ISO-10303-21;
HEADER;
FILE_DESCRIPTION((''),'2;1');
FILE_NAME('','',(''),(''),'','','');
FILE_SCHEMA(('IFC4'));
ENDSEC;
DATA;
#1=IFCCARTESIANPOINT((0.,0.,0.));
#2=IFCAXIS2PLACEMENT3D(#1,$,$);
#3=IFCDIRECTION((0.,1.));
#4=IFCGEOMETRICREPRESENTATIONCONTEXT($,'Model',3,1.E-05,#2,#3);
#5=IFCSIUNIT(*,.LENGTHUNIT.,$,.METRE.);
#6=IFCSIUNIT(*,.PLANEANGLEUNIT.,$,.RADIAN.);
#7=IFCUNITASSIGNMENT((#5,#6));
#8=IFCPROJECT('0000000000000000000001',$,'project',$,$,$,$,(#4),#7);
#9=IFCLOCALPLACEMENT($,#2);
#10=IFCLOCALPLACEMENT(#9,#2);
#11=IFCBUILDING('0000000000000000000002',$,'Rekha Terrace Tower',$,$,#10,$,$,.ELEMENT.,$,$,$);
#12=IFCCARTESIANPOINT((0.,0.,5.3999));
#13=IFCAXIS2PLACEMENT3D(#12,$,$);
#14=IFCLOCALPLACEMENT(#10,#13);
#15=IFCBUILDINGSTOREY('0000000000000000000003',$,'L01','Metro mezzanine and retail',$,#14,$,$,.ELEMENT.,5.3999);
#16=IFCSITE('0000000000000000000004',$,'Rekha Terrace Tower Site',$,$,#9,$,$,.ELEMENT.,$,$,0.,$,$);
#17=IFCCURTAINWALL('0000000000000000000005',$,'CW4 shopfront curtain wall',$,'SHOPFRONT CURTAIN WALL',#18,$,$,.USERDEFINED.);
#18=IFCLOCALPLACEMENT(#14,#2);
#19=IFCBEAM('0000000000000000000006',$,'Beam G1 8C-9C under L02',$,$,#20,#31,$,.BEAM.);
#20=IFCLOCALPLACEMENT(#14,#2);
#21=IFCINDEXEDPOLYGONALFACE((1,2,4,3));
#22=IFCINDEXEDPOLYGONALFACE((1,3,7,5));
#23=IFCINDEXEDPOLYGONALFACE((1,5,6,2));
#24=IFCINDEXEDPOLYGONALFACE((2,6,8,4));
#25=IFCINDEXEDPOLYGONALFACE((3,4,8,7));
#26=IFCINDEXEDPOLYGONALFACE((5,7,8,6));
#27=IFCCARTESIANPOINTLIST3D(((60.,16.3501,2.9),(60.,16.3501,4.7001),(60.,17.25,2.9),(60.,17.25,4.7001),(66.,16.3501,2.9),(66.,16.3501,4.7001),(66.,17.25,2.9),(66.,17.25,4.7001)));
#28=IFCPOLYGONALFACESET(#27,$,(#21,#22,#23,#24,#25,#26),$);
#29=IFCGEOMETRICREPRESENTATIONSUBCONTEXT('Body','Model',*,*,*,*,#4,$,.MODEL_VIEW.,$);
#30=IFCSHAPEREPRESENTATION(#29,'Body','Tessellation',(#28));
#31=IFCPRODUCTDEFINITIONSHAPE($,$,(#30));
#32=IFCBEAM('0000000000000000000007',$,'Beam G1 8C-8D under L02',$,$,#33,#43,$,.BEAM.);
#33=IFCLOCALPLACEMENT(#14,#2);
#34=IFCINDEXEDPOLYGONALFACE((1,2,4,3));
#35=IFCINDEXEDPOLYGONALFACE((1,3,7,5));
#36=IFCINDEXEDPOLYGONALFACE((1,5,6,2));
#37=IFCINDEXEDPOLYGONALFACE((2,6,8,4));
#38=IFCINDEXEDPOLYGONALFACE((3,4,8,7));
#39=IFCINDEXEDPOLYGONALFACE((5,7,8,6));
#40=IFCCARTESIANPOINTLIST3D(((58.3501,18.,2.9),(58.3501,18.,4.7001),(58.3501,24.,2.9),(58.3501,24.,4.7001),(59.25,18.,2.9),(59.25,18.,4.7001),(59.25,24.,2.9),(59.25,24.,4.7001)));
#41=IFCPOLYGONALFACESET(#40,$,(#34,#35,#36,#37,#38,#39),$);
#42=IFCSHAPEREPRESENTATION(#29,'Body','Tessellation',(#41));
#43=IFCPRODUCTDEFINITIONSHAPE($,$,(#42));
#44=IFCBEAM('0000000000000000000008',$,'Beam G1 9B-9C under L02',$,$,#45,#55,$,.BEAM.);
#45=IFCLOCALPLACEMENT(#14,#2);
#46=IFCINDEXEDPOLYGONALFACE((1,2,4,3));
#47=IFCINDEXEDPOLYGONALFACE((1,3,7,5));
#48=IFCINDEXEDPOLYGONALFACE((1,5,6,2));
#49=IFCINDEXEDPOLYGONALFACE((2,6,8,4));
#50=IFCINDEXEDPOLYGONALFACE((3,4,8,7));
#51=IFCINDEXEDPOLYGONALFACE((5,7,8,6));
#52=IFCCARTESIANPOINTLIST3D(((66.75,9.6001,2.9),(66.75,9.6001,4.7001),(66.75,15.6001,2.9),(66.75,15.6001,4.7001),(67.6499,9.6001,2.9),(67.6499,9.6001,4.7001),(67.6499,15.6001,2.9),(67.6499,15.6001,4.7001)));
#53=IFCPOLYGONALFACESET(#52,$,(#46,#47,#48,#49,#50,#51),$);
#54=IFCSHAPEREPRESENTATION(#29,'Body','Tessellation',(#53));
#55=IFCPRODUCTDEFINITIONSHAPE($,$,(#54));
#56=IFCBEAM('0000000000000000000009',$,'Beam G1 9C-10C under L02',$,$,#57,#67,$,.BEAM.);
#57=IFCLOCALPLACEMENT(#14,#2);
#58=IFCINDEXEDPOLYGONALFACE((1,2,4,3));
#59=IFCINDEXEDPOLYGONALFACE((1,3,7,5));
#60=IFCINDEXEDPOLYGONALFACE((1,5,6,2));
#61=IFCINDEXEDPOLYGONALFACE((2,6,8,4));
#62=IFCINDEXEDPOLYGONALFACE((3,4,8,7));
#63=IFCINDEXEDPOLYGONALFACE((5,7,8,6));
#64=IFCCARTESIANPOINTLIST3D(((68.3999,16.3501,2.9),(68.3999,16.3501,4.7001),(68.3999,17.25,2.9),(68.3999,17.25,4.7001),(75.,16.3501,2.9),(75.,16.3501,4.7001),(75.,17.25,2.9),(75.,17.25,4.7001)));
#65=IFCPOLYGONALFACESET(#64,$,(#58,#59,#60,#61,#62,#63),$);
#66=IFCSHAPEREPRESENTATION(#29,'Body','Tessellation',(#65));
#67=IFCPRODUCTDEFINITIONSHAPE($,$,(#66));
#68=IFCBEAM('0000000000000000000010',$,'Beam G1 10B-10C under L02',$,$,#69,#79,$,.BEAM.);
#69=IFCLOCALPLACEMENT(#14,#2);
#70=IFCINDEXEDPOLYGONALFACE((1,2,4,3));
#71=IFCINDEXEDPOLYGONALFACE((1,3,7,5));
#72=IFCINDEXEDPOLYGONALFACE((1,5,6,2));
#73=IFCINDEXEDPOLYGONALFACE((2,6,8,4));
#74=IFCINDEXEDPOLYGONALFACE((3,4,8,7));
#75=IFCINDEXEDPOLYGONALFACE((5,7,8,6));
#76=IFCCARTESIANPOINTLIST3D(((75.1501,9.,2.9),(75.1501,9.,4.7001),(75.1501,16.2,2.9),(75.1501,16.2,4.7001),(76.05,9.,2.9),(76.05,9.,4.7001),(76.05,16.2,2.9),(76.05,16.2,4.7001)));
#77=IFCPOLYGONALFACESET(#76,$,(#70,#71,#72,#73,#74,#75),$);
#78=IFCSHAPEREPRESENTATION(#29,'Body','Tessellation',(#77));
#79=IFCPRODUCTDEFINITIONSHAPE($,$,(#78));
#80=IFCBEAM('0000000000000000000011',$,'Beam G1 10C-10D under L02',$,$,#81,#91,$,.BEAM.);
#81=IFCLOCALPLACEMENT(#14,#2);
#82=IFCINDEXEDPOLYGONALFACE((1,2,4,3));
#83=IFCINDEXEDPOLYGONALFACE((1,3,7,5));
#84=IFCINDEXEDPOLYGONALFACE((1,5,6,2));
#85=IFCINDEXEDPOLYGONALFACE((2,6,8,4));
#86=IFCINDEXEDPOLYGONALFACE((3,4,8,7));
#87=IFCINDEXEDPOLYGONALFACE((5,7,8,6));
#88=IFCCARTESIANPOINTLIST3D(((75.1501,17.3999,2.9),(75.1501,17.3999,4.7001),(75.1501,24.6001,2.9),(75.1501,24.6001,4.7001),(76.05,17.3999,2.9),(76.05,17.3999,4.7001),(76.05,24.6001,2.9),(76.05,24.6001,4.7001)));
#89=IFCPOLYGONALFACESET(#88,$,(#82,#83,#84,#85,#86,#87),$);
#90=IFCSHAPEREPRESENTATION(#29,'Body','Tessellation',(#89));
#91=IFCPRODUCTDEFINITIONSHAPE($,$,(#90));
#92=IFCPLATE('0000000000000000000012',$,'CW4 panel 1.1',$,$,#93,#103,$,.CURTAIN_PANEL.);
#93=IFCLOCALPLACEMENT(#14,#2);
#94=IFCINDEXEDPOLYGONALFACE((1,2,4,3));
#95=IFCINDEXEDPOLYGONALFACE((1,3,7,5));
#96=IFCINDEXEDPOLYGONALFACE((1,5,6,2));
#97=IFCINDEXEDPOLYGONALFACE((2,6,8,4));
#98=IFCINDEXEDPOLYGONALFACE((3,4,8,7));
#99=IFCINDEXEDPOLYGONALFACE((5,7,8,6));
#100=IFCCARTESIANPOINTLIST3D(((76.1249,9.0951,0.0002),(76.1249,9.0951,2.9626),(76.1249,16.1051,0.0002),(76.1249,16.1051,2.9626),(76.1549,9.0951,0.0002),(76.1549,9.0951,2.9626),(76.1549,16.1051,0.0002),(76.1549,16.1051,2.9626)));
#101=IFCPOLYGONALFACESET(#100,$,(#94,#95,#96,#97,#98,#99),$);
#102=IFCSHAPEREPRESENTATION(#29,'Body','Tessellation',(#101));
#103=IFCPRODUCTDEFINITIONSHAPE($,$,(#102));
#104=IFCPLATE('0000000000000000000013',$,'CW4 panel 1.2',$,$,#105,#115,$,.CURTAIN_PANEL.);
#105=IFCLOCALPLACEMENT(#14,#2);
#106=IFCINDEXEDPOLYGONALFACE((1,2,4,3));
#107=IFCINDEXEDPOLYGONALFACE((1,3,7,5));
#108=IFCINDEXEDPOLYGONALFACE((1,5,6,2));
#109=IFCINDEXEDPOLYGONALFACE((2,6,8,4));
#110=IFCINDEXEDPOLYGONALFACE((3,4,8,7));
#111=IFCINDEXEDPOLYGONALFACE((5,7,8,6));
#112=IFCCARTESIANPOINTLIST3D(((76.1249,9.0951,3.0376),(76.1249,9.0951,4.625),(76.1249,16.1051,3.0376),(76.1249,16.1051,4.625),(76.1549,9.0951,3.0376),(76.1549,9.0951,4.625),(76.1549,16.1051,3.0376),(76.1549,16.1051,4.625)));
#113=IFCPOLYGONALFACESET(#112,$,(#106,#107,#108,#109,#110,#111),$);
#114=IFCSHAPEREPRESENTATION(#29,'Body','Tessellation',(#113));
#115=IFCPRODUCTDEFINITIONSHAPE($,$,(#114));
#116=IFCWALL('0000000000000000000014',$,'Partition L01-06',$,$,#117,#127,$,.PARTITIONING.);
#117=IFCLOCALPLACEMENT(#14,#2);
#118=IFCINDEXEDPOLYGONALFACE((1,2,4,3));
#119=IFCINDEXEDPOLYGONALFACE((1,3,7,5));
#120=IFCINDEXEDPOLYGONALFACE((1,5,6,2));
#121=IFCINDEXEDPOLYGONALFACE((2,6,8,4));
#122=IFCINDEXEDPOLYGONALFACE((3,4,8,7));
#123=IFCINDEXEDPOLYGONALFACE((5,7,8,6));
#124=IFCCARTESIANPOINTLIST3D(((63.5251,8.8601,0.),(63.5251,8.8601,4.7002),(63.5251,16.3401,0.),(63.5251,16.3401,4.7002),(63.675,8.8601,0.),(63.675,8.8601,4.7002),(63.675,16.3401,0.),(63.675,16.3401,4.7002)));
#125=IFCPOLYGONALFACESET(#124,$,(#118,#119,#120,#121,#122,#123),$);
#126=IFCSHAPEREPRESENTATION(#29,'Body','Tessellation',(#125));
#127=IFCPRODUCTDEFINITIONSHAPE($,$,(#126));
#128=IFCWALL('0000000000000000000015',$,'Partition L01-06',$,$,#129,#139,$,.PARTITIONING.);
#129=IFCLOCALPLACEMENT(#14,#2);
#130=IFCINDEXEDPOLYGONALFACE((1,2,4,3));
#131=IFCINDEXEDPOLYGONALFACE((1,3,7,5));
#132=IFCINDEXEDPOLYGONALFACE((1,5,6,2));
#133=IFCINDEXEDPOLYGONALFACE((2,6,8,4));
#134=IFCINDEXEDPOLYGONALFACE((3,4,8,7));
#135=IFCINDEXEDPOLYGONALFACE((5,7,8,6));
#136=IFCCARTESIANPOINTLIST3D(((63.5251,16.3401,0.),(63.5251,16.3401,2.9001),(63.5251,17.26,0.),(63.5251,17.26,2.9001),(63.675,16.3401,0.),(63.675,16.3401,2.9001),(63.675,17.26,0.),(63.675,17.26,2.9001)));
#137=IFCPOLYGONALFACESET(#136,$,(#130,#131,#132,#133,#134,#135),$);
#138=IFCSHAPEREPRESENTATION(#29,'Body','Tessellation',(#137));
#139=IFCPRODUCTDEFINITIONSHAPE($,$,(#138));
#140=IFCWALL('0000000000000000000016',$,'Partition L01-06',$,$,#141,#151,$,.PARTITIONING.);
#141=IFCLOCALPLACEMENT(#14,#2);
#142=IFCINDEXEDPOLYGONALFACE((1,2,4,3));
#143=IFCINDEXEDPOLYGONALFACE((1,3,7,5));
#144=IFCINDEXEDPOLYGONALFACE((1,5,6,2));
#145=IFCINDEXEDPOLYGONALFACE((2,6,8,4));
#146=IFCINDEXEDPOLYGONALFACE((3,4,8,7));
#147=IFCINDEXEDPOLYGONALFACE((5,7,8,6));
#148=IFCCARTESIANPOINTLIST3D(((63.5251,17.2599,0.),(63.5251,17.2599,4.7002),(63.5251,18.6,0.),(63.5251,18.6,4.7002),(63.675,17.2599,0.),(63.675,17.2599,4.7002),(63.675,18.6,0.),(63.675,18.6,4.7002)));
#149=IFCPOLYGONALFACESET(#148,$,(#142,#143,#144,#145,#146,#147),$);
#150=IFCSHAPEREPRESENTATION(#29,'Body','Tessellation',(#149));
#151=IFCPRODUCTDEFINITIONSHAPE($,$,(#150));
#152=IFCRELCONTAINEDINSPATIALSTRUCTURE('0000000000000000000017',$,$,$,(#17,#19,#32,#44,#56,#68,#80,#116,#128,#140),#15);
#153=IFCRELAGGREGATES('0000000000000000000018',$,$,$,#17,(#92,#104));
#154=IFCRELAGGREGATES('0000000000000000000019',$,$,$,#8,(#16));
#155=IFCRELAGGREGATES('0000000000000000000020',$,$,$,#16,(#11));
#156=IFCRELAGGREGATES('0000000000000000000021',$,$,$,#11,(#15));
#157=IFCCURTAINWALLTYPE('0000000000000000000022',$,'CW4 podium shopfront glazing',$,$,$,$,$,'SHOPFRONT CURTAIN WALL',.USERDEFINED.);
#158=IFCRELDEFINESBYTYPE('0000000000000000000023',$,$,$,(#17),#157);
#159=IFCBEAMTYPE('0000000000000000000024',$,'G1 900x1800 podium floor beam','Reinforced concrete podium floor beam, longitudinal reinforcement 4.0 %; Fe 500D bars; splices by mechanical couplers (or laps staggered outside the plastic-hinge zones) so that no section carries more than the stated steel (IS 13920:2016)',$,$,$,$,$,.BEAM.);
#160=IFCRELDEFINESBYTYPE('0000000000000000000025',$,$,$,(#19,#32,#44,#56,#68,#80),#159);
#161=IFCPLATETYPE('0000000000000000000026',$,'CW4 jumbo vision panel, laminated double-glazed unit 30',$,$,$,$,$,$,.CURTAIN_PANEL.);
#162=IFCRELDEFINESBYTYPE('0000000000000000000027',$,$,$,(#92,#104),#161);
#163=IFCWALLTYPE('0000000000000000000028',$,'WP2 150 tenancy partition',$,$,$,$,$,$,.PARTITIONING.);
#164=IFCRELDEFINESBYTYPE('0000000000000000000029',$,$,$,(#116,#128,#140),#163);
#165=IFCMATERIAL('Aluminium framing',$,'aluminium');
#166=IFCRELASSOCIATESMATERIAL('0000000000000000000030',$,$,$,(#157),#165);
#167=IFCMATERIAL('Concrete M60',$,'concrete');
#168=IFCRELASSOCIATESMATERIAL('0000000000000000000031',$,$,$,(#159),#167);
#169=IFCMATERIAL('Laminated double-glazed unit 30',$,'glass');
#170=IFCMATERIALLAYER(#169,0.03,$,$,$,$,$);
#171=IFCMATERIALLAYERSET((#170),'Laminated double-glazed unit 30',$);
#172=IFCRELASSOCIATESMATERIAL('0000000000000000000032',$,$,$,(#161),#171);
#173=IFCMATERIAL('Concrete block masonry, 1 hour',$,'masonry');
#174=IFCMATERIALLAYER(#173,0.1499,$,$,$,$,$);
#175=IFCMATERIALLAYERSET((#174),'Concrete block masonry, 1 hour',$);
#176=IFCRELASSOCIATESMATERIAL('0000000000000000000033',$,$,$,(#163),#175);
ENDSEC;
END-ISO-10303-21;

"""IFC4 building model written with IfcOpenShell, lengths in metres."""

from ifc_helpers import new_model, si_unit, direction, frame, frame_2d, origin, origin_2d, place, context, subcontext, project, spatial, rectangle, extrude, material, layer, layer_set, material_profile, profile_set, type_object, element, aggregate, save


model = new_model("IFC4")

# Units and contexts
model_context = context("Model", 3, precision=1e-05, world=origin(), true_north=direction((0.0, 1.0)))
body_context = subcontext(model_context, "Body", "Model", "MODEL_VIEW")
ifc_project = project(units=[si_unit("LENGTHUNIT", "METRE"), si_unit("PLANEANGLEUNIT", "RADIAN")], contexts=[model_context])

# Site, building, storey
site_placement = place(None, origin())
site = spatial("IfcSite", under=ifc_project, at=site_placement, Name="Rekha Terrace Tower Site", CompositionType="ELEMENT", RefElevation=0.0)
building_placement = place(site_placement, origin())
building = spatial("IfcBuilding", under=site, at=building_placement, Name="Rekha Terrace Tower", CompositionType="ELEMENT")
storey_placement = place(building_placement, frame((0.0, 0.0, 5.3999)))
storey = spatial("IfcBuildingStorey", under=building, at=storey_placement, Name="L01", Description="Metro mezzanine and retail", CompositionType="ELEMENT", Elevation=5.3999)

# Shared definitions
ifc_material_1 = material(Name="Concrete M60", Category="concrete")

# Curtain wall
ifc_material_2 = material(Name="Aluminium framing", Category="aluminium")
curtain_wall_type = type_object("IfcCurtainWallType", Name="CW4 podium shopfront glazing", ElementType="SHOPFRONT CURTAIN WALL", PredefinedType="USERDEFINED", material=ifc_material_2)
curtain_wall_1_placement = place(storey_placement, origin())
curtain_wall_1 = element("IfcCurtainWall", 1, at=curtain_wall_1_placement, inside=storey, type_object=curtain_wall_type, Name="CW4 shopfront curtain wall", ObjectType="SHOPFRONT CURTAIN WALL", PredefinedType="USERDEFINED")

# Beams
ifc_material_profile_1 = material_profile(ifc_material_1, rectangle(XDim=0.8999, YDim=1.8, at=origin_2d()), Name="RC 900x1800")
ifc_profile_set_1 = profile_set([ifc_material_profile_1], Name="Concrete M60")
beam_type = type_object("IfcBeamType", Name="G1 900x1800 podium floor beam", Description="Reinforced concrete podium floor beam, longitudinal reinforcement 4.0 %; Fe 500D bars; splices by mechanical couplers (or laps staggered outside the plastic-hinge zones) so that no section carries more than the stated steel (IS 13920:2016)", PredefinedType="BEAM", material=ifc_profile_set_1)
for number, where, z_axis, x_axis, name in (
    (2, (60.0, 16.8, 3.8), (1.0, 0.0, 0.0), (0.0, 1.0, 0.0), "Beam G1 8C-9C under L02"),
    (3, (58.8, 18.0, 3.8), (0.0, 1.0, 0.0), (-1.0, 0.0, 0.0), "Beam G1 8C-8D under L02"),
    (4, (67.2, 9.6001, 3.8), (0.0, 1.0, 0.0), (-1.0, 0.0, 0.0), "Beam G1 9B-9C under L02"),
):
    element("IfcBeam", number, at=place(storey_placement, frame(where, z_axis=z_axis, x_axis=x_axis)), inside=storey, type_object=beam_type, Name=name, PredefinedType="BEAM", context=body_context, shape_type="SweptSolid", body=[
        extrude(rectangle(XDim=0.8999, YDim=1.8, at=origin_2d()), origin(), (0.0, 0.0, 1.0), 6.0),
    ])
beam_1_placement = place(storey_placement, frame((68.3999, 16.8, 3.8), z_axis=(1.0, 0.0, 0.0), x_axis=(0.0, 1.0, 0.0)))
element("IfcBeam", 5, at=beam_1_placement, inside=storey, type_object=beam_type, Name="Beam G1 9C-10C under L02", PredefinedType="BEAM", context=body_context, shape_type="SweptSolid", body=[
    extrude(rectangle(XDim=0.8999, YDim=1.8, at=origin_2d()), origin(), (0.0, 0.0, 1.0), 6.6001),
])
beam_2_placement = place(storey_placement, frame((75.6001, 9.0, 3.8), z_axis=(0.0, 1.0, 0.0), x_axis=(-1.0, 0.0, 0.0)))
element("IfcBeam", 6, at=beam_2_placement, inside=storey, type_object=beam_type, Name="Beam G1 10B-10C under L02", PredefinedType="BEAM", context=body_context, shape_type="SweptSolid", body=[
    extrude(rectangle(XDim=0.8999, YDim=1.8, at=origin_2d()), origin(), (0.0, 0.0, 1.0), 7.2),
])
beam_3_placement = place(storey_placement, frame((75.6001, 17.3999, 3.8), z_axis=(0.0, 1.0, 0.0), x_axis=(-1.0, 0.0, 0.0)))
element("IfcBeam", 7, at=beam_3_placement, inside=storey, type_object=beam_type, Name="Beam G1 10C-10D under L02", PredefinedType="BEAM", context=body_context, shape_type="SweptSolid", body=[
    extrude(rectangle(XDim=0.8999, YDim=1.8, at=origin_2d()), origin(), (0.0, 0.0, 1.0), 7.2002),
])

# Plates
ifc_material_3 = material(Name="Laminated double-glazed unit 30", Category="glass")
ifc_layer_1 = layer(ifc_material_3, 0.03)
ifc_layer_set_1 = layer_set([ifc_layer_1], Name="Laminated double-glazed unit 30")
plate_type = type_object("IfcPlateType", Name="CW4 jumbo vision panel, laminated double-glazed unit 30", PredefinedType="CURTAIN_PANEL", material=ifc_layer_set_1)
plate_1_placement = place(storey_placement, frame((76.1399, 12.6001, 0.0002), z_axis=(0.0, 0.0, 1.0), x_axis=(0.0, 1.0, 0.0)))
plate_1 = element("IfcPlate", 8, at=plate_1_placement, type_object=plate_type, Name="CW4 panel 1.1", PredefinedType="CURTAIN_PANEL", context=body_context, shape_type="SweptSolid", body=[
    extrude(rectangle(XDim=7.01, YDim=0.03, at=origin_2d()), origin(), (0.0, 0.0, 1.0), 2.9624),
])
plate_2_placement = place(storey_placement, frame((76.1399, 12.6001, 3.0376), z_axis=(0.0, 0.0, 1.0), x_axis=(0.0, 1.0, 0.0)))
plate_2 = element("IfcPlate", 9, at=plate_2_placement, type_object=plate_type, Name="CW4 panel 1.2", PredefinedType="CURTAIN_PANEL", context=body_context, shape_type="SweptSolid", body=[
    extrude(rectangle(XDim=7.01, YDim=0.03, at=origin_2d()), origin(), (0.0, 0.0, 1.0), 1.5874),
])
aggregate(curtain_wall_1, [plate_1, plate_2])

# Walls
ifc_material_4 = material(Name="Concrete block masonry, 1 hour", Category="masonry")
ifc_layer_2 = layer(ifc_material_4, 0.1499)
ifc_layer_set_2 = layer_set([ifc_layer_2], Name="Concrete block masonry, 1 hour")
wall_type = type_object("IfcWallType", Name="WP2 150 tenancy partition", PredefinedType="PARTITIONING", material=ifc_layer_set_2)
wall_1_placement = place(storey_placement, frame((63.6001, 8.8601, 0.0), z_axis=(0.0, 0.0, 1.0), x_axis=(0.0, 1.0, 0.0)))
element("IfcWall", 10, at=wall_1_placement, inside=storey, type_object=wall_type, Name="Partition L01-06", PredefinedType="PARTITIONING", context=body_context, shape_type="SweptSolid", body=[
    extrude(rectangle(XDim=7.48, YDim=0.1499, at=frame_2d((3.74, 0.0))), origin(), (0.0, 0.0, 1.0), 4.7002),
])
wall_2_placement = place(storey_placement, frame((63.6001, 16.3401, 0.0), z_axis=(0.0, 0.0, 1.0), x_axis=(0.0, 1.0, 0.0)))
element("IfcWall", 11, at=wall_2_placement, inside=storey, type_object=wall_type, Name="Partition L01-06", PredefinedType="PARTITIONING", context=body_context, shape_type="SweptSolid", body=[
    extrude(rectangle(XDim=0.9199, YDim=0.1499, at=frame_2d((0.46, 0.0))), origin(), (0.0, 0.0, 1.0), 2.9001),
])
wall_3_placement = place(storey_placement, frame((63.6001, 17.26, 0.0), z_axis=(0.0, 0.0, 1.0), x_axis=(0.0, 1.0, 0.0)))
element("IfcWall", 12, at=wall_3_placement, inside=storey, type_object=wall_type, Name="Partition L01-06", PredefinedType="PARTITIONING", context=body_context, shape_type="SweptSolid", body=[
    extrude(rectangle(XDim=1.3401, YDim=0.1499, at=frame_2d((0.6699, 0.0))), origin(), (0.0, 0.0, 1.0), 4.7002),
])

save(model, "model.ifc")
